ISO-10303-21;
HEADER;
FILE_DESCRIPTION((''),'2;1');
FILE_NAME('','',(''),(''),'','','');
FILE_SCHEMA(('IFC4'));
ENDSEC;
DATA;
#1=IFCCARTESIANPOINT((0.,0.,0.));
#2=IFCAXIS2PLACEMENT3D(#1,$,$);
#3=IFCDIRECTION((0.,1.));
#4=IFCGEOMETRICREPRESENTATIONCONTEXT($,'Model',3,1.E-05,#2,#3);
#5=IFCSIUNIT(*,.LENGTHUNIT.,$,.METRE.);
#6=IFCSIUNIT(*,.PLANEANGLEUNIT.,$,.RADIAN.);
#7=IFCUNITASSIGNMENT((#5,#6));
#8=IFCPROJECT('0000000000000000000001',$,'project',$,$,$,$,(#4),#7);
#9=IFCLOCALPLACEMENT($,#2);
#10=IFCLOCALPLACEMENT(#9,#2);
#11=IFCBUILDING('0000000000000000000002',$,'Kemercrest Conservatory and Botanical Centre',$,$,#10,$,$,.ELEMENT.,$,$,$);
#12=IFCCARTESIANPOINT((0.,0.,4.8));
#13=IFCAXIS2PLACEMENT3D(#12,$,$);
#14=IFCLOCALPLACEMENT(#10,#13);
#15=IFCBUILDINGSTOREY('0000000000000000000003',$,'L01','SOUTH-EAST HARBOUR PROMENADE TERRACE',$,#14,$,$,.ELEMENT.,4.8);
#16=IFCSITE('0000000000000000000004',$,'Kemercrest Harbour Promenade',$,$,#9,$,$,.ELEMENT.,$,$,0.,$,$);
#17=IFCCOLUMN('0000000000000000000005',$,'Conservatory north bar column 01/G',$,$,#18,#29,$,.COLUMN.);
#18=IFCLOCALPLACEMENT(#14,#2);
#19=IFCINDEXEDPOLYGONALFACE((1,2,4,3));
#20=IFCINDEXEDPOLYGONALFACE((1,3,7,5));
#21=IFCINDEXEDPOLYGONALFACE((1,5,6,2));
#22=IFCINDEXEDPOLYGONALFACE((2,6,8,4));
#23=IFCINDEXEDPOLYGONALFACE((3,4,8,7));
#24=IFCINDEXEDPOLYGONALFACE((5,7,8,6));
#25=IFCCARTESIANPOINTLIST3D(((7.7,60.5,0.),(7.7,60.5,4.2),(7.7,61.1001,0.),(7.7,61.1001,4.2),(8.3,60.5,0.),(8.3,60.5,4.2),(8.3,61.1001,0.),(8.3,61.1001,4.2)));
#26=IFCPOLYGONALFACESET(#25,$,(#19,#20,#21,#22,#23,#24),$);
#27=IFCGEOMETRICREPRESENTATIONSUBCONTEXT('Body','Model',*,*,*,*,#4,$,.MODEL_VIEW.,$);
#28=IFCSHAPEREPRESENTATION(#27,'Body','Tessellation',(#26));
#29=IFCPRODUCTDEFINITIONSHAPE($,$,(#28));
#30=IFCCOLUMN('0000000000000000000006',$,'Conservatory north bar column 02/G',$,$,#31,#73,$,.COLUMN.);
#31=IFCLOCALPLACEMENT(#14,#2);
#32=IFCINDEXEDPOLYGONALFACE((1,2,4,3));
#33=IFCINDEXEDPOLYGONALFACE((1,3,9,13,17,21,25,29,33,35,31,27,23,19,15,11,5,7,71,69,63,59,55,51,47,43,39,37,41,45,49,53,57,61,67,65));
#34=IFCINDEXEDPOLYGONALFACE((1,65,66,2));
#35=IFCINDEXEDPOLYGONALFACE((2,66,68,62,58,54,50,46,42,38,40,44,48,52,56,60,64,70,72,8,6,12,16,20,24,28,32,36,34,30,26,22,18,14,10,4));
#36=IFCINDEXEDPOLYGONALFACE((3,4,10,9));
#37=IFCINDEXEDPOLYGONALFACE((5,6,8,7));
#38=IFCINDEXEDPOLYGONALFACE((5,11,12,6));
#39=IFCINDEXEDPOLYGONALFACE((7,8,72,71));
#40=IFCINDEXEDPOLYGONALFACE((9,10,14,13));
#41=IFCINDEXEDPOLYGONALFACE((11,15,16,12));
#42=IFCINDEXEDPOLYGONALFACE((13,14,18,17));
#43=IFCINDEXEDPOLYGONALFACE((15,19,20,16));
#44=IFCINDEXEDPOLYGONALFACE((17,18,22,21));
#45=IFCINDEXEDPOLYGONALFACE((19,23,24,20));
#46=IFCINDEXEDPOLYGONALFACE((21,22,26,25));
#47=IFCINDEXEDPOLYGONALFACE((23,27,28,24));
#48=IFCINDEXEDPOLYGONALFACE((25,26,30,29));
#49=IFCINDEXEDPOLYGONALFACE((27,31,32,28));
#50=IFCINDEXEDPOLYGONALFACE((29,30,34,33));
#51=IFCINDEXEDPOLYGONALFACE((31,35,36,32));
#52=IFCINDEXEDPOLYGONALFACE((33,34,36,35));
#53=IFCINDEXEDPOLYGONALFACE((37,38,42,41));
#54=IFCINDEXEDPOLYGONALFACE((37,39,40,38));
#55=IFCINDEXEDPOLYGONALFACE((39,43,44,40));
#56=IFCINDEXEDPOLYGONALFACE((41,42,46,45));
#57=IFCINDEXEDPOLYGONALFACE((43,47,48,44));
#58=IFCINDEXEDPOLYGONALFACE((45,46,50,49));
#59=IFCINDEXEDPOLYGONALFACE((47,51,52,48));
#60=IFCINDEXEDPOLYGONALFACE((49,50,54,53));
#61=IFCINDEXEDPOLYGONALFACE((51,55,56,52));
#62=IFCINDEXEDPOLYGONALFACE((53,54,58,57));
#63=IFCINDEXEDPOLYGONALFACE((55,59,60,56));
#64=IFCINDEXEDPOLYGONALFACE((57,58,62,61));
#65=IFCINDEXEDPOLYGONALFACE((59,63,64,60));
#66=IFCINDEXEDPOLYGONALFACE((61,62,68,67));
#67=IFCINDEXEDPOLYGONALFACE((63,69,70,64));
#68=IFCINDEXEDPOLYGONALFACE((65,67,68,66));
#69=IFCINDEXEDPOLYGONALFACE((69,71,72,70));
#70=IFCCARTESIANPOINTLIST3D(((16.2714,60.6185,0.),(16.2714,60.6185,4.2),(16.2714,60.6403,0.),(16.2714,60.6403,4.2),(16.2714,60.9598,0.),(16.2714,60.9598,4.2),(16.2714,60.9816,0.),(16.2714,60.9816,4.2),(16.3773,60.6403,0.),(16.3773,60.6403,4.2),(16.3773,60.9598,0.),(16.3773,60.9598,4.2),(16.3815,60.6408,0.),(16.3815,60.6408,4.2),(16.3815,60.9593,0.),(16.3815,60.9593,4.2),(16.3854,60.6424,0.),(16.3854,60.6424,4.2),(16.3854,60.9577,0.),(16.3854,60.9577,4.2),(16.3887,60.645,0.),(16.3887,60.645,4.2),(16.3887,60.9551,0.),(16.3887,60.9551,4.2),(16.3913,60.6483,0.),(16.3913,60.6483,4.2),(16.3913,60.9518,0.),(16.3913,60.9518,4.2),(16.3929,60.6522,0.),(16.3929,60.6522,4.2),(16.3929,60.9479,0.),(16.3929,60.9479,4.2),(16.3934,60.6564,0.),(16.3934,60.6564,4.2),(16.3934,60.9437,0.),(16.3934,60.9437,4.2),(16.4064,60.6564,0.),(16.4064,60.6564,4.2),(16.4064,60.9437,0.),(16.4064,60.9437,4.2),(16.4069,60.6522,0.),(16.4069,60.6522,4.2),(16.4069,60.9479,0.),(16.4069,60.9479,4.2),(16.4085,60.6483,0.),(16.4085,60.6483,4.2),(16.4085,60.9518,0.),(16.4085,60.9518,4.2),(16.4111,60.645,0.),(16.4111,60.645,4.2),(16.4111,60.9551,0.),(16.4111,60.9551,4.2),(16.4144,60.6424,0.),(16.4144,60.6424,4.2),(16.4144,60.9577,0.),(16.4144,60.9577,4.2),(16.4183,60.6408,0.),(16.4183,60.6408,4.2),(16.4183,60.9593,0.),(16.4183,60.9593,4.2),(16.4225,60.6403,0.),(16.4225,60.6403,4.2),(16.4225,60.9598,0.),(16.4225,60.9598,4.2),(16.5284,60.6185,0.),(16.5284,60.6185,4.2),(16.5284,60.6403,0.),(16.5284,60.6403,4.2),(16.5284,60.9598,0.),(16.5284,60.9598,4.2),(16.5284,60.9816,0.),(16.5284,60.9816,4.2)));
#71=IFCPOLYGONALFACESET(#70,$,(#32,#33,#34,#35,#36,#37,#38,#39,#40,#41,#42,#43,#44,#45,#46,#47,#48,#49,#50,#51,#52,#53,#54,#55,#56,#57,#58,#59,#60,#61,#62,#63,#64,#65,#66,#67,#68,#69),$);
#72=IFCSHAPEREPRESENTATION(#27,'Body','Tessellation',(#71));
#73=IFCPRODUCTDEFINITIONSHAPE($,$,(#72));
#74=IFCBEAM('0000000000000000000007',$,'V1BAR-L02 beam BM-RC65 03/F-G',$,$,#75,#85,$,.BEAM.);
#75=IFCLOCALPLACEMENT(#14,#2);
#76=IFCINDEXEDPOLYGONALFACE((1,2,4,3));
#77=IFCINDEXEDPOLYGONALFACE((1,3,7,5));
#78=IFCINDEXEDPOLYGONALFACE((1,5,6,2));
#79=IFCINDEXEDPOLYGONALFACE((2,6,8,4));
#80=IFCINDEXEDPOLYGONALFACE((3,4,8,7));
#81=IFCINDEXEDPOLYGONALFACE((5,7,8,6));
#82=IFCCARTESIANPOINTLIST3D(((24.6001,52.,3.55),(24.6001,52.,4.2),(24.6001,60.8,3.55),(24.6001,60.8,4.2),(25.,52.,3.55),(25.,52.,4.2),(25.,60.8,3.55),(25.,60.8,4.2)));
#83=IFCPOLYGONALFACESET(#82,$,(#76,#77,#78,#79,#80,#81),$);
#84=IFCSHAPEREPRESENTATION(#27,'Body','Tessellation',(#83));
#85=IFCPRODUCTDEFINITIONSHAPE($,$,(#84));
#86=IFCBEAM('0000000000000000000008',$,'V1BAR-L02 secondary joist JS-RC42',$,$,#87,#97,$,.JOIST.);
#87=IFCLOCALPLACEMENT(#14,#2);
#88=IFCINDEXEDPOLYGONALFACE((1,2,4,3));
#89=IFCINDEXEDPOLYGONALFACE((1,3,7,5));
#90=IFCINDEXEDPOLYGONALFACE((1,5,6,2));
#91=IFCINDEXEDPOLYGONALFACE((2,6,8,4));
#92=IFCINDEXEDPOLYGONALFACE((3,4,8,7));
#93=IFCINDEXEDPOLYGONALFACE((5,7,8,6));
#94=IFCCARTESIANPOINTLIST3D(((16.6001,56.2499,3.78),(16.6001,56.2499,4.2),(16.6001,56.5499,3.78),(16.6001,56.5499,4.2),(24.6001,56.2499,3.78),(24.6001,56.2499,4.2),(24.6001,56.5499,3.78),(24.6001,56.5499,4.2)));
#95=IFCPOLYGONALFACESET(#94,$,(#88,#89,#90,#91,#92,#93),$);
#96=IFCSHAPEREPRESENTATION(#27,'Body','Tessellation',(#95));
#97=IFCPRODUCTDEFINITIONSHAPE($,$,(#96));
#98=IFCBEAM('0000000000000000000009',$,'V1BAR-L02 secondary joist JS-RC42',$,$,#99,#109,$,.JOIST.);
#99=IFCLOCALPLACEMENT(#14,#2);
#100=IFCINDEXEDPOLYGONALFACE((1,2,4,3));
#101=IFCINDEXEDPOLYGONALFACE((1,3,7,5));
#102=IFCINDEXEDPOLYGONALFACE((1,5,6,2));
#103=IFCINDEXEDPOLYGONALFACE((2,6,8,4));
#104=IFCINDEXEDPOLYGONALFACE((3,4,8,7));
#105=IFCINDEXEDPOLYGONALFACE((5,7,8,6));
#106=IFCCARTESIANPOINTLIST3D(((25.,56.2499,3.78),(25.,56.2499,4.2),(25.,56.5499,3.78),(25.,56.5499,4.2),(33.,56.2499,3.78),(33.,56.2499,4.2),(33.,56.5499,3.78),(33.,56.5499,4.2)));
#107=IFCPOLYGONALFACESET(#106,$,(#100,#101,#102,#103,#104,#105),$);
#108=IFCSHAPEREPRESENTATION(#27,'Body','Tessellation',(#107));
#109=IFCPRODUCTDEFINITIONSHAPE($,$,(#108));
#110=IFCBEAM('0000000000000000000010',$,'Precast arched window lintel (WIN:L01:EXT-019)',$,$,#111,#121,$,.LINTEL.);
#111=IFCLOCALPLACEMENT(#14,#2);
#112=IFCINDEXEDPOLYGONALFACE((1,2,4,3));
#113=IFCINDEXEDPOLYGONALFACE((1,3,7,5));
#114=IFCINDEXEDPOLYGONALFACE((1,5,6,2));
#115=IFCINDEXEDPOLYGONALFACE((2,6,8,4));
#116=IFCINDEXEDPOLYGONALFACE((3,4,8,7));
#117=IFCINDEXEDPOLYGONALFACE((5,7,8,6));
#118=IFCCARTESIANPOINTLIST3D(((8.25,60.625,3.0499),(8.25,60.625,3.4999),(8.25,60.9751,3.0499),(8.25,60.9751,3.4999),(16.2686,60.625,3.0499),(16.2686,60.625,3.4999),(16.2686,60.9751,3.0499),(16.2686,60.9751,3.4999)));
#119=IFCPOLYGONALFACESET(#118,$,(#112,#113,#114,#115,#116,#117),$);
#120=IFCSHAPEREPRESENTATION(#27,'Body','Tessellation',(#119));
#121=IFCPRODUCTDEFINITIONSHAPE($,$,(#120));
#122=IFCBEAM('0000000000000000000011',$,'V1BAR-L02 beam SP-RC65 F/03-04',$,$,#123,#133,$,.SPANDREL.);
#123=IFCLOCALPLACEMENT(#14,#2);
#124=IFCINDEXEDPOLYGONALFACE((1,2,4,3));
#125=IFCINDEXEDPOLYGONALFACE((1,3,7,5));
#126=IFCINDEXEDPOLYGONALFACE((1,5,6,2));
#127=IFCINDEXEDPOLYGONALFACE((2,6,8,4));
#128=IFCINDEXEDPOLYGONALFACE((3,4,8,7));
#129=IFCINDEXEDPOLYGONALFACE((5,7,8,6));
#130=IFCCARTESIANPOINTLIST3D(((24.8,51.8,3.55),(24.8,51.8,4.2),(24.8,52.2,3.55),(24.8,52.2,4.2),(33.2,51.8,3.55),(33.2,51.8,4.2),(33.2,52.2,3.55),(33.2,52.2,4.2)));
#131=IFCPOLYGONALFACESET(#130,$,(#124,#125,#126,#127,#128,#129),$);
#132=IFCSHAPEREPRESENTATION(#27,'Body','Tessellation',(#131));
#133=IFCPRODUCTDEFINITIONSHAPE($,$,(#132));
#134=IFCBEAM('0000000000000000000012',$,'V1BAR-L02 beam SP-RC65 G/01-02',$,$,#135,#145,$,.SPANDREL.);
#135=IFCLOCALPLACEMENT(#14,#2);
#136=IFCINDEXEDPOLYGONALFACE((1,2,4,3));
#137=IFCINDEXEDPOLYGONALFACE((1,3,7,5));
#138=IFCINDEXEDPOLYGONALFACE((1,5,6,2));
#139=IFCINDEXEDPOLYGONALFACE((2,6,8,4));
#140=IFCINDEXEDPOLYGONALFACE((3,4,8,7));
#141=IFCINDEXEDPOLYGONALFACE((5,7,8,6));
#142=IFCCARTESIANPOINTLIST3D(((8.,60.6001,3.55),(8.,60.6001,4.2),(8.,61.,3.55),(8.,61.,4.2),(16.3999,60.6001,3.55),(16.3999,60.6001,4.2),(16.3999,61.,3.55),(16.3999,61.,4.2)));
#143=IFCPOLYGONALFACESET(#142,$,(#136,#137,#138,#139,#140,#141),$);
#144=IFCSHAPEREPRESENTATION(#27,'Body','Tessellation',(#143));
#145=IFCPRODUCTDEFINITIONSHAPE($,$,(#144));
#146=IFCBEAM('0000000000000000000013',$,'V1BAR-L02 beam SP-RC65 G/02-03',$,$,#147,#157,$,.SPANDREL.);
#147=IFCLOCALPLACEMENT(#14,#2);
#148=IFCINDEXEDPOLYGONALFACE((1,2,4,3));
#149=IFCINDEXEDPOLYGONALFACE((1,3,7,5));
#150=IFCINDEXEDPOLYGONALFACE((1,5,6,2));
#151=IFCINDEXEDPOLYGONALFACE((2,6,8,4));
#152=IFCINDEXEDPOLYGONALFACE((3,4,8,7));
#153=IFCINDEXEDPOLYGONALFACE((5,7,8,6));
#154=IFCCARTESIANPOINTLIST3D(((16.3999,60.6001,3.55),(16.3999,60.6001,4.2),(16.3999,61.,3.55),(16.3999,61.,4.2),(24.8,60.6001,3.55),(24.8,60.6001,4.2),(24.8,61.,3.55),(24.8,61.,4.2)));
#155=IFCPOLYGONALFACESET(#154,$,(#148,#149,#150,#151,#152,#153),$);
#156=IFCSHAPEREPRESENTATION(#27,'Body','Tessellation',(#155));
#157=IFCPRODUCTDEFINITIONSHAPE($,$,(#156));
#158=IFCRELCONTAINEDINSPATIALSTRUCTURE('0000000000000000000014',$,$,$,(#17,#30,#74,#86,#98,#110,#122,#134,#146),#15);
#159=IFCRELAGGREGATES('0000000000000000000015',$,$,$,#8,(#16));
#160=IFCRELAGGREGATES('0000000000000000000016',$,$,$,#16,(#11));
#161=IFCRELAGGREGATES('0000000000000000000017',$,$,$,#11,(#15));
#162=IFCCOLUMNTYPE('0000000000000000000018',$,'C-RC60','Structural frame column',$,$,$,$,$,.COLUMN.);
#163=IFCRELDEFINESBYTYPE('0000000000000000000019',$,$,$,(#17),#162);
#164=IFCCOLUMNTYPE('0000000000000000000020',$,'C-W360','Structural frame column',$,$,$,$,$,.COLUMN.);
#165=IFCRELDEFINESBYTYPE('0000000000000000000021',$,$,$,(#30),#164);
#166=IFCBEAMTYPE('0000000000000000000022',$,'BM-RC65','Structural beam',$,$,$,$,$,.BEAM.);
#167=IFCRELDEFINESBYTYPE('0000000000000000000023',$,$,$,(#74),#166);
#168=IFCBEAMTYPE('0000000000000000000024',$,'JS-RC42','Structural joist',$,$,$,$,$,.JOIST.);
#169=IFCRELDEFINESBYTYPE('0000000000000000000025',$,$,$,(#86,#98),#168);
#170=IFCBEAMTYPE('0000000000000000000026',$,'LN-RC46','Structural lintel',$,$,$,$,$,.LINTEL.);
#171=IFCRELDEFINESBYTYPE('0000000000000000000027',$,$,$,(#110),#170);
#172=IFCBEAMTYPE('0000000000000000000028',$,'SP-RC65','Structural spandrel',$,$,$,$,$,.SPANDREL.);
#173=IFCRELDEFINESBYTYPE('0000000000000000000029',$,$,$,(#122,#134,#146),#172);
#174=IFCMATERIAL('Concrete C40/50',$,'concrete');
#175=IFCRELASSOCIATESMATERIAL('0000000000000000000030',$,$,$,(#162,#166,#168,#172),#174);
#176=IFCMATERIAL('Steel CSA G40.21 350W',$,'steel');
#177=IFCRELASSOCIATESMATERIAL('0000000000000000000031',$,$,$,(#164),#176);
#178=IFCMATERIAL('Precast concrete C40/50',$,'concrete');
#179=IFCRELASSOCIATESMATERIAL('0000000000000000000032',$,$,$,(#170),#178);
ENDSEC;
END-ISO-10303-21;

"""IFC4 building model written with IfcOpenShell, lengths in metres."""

from ifc_helpers import new_model, si_unit, direction, frame, origin, origin_2d, place, context, subcontext, project, spatial, rectangle, i_section, extrude, material, material_profile, profile_set, type_object, element, save


model = new_model("IFC4")

# Units and contexts
model_context = context("Model", 3, precision=1e-05, world=origin(), true_north=direction((0.0, 1.0)))
body_context = subcontext(model_context, "Body", "Model", "MODEL_VIEW")
ifc_project = project(units=[si_unit("LENGTHUNIT", "METRE"), si_unit("PLANEANGLEUNIT", "RADIAN")], contexts=[model_context])

# Site, building, storey
site_placement = place(None, origin())
site = spatial("IfcSite", under=ifc_project, at=site_placement, Name="Kemercrest Harbour Promenade", CompositionType="ELEMENT", RefElevation=0.0)
building_placement = place(site_placement, origin())
building = spatial("IfcBuilding", under=site, at=building_placement, Name="Kemercrest Conservatory and Botanical Centre", CompositionType="ELEMENT")
storey_placement = place(building_placement, frame((0.0, 0.0, 4.8)))
storey = spatial("IfcBuildingStorey", under=building, at=storey_placement, Name="L01", Description="SOUTH-EAST HARBOUR PROMENADE TERRACE", CompositionType="ELEMENT", Elevation=4.8)

# Columns
ifc_material_1 = material(Name="Concrete C40/50", Category="concrete")
ifc_material_profile_1 = material_profile(ifc_material_1, rectangle(XDim=0.6001, YDim=0.6001, at=origin_2d()), Name="RC 600x600")
ifc_profile_set_1 = profile_set([ifc_material_profile_1], Name="Concrete C40/50")
column_type_1 = type_object("IfcColumnType", Name="C-RC60", Description="Structural frame column", PredefinedType="COLUMN", material=ifc_profile_set_1)
column_1_placement = place(storey_placement, frame((8.0, 60.8, 0.0), z_axis=(0.0, 0.0, 1.0), x_axis=(1.0, 0.0, 0.0)))
element("IfcColumn", 1, at=column_1_placement, inside=storey, type_object=column_type_1, Name="Conservatory north bar column 01/G", PredefinedType="COLUMN", context=body_context, shape_type="SweptSolid", body=[
    extrude(rectangle(XDim=0.6001, YDim=0.6001, at=origin_2d()), origin(), (0.0, 0.0, 1.0), 4.2),
])
ifc_material_2 = material(Name="Steel CSA G40.21 350W", Category="steel")
ifc_material_profile_2 = material_profile(ifc_material_2, i_section(OverallWidth=0.2571, OverallDepth=0.363, WebThickness=0.0129, FlangeThickness=0.0217, FilletRadius=0.0161, at=origin_2d()), Name="W360X122")
ifc_profile_set_2 = profile_set([ifc_material_profile_2], Name="Steel CSA G40.21 350W")
column_type_2 = type_object("IfcColumnType", Name="C-W360", Description="Structural frame column", PredefinedType="COLUMN", material=ifc_profile_set_2)
column_2_placement = place(storey_placement, frame((16.3999, 60.8, 0.0), z_axis=(0.0, 0.0, 1.0), x_axis=(1.0, 0.0, 0.0)))
element("IfcColumn", 2, at=column_2_placement, inside=storey, type_object=column_type_2, Name="Conservatory north bar column 02/G", PredefinedType="COLUMN", context=body_context, shape_type="SweptSolid", body=[
    extrude(i_section(OverallWidth=0.2571, OverallDepth=0.363, WebThickness=0.0129, FlangeThickness=0.0217, FilletRadius=0.0161, at=origin_2d()), origin(), (0.0, 0.0, 1.0), 4.2),
])

# Beams
ifc_material_profile_3 = material_profile(ifc_material_1, rectangle(XDim=0.3999, YDim=0.6499, at=origin_2d()), Name="RC 400x650")
ifc_profile_set_3 = profile_set([ifc_material_profile_3], Name="Concrete C40/50")
beam_type_1 = type_object("IfcBeamType", Name="BM-RC65", Description="Structural beam", PredefinedType="BEAM", material=ifc_profile_set_3)
beam_1_placement = place(storey_placement, frame((24.8, 52.0, 3.875), z_axis=(0.0, 1.0, 0.0), x_axis=(-1.0, 0.0, 0.0)))
element("IfcBeam", 3, at=beam_1_placement, inside=storey, type_object=beam_type_1, Name="V1BAR-L02 beam BM-RC65 03/F-G", PredefinedType="BEAM", context=body_context, shape_type="SweptSolid", body=[
    extrude(rectangle(XDim=0.3999, YDim=0.6499, at=origin_2d()), origin(), (0.0, 0.0, 1.0), 8.8),
])
ifc_material_profile_4 = material_profile(ifc_material_1, rectangle(XDim=0.3, YDim=0.4199, at=origin_2d()), Name="RC 300x420")
ifc_profile_set_4 = profile_set([ifc_material_profile_4], Name="Concrete C40/50")
beam_type_2 = type_object("IfcBeamType", Name="JS-RC42", Description="Structural joist", PredefinedType="JOIST", material=ifc_profile_set_4)
for number, where, z_axis, x_axis, name in (
    (4, (16.6001, 56.3999, 3.99), (1.0, 0.0, 0.0), (0.0, 1.0, 0.0), "V1BAR-L02 secondary joist JS-RC42"),
    (5, (25.0, 56.3999, 3.99), (1.0, 0.0, 0.0), (0.0, 1.0, 0.0), "V1BAR-L02 secondary joist JS-RC42"),
):
    element("IfcBeam", number, at=place(storey_placement, frame(where, z_axis=z_axis, x_axis=x_axis)), inside=storey, type_object=beam_type_2, Name=name, PredefinedType="JOIST", context=body_context, shape_type="SweptSolid", body=[
        extrude(rectangle(XDim=0.3, YDim=0.4199, at=origin_2d()), origin(), (0.0, 0.0, 1.0), 8.0),
    ])
ifc_material_3 = material(Name="Precast concrete C40/50", Category="concrete")
ifc_material_profile_5 = material_profile(ifc_material_3, rectangle(XDim=0.3501, YDim=0.45, at=origin_2d()), Name="RC 350x450")
ifc_profile_set_5 = profile_set([ifc_material_profile_5], Name="Precast concrete C40/50")
beam_type_3 = type_object("IfcBeamType", Name="LN-RC46", Description="Structural lintel", PredefinedType="LINTEL", material=ifc_profile_set_5)
beam_2_placement = place(storey_placement, frame((16.2686, 60.8, 3.2749), z_axis=(-1.0, 0.0, 0.0), x_axis=(0.0, -1.0, 0.0)))
element("IfcBeam", 6, at=beam_2_placement, inside=storey, type_object=beam_type_3, Name="Precast arched window lintel (WIN:L01:EXT-019)", PredefinedType="LINTEL", context=body_context, shape_type="SweptSolid", body=[
    extrude(rectangle(XDim=0.3501, YDim=0.45, at=origin_2d()), origin(), (0.0, 0.0, 1.0), 8.0186),
])
ifc_material_profile_6 = material_profile(ifc_material_1, rectangle(XDim=0.3999, YDim=0.6499, at=origin_2d()), Name="RC 400x650")
ifc_profile_set_6 = profile_set([ifc_material_profile_6], Name="Concrete C40/50")
beam_type_4 = type_object("IfcBeamType", Name="SP-RC65", Description="Structural spandrel", PredefinedType="SPANDREL", material=ifc_profile_set_6)
for number, where, z_axis, x_axis, name in (
    (7, (24.8, 52.0, 3.875), (1.0, 0.0, 0.0), (0.0, 1.0, 0.0), "V1BAR-L02 beam SP-RC65 F/03-04"),
    (8, (8.0, 60.8, 3.875), (1.0, 0.0, 0.0), (0.0, 1.0, 0.0), "V1BAR-L02 beam SP-RC65 G/01-02"),
):
    element("IfcBeam", number, at=place(storey_placement, frame(where, z_axis=z_axis, x_axis=x_axis)), inside=storey, type_object=beam_type_4, Name=name, PredefinedType="SPANDREL", context=body_context, shape_type="SweptSolid", body=[
        extrude(rectangle(XDim=0.3999, YDim=0.6499, at=origin_2d()), origin(), (0.0, 0.0, 1.0), 8.3999),
    ])
beam_3_placement = place(storey_placement, frame((16.3999, 60.8, 3.875), z_axis=(1.0, 0.0, 0.0), x_axis=(0.0, 1.0, 0.0)))
element("IfcBeam", 9, at=beam_3_placement, inside=storey, type_object=beam_type_4, Name="V1BAR-L02 beam SP-RC65 G/02-03", PredefinedType="SPANDREL", context=body_context, shape_type="SweptSolid", body=[
    extrude(rectangle(XDim=0.3999, YDim=0.6499, at=origin_2d()), origin(), (0.0, 0.0, 1.0), 8.4001),
])

save(model, "model.ifc")
